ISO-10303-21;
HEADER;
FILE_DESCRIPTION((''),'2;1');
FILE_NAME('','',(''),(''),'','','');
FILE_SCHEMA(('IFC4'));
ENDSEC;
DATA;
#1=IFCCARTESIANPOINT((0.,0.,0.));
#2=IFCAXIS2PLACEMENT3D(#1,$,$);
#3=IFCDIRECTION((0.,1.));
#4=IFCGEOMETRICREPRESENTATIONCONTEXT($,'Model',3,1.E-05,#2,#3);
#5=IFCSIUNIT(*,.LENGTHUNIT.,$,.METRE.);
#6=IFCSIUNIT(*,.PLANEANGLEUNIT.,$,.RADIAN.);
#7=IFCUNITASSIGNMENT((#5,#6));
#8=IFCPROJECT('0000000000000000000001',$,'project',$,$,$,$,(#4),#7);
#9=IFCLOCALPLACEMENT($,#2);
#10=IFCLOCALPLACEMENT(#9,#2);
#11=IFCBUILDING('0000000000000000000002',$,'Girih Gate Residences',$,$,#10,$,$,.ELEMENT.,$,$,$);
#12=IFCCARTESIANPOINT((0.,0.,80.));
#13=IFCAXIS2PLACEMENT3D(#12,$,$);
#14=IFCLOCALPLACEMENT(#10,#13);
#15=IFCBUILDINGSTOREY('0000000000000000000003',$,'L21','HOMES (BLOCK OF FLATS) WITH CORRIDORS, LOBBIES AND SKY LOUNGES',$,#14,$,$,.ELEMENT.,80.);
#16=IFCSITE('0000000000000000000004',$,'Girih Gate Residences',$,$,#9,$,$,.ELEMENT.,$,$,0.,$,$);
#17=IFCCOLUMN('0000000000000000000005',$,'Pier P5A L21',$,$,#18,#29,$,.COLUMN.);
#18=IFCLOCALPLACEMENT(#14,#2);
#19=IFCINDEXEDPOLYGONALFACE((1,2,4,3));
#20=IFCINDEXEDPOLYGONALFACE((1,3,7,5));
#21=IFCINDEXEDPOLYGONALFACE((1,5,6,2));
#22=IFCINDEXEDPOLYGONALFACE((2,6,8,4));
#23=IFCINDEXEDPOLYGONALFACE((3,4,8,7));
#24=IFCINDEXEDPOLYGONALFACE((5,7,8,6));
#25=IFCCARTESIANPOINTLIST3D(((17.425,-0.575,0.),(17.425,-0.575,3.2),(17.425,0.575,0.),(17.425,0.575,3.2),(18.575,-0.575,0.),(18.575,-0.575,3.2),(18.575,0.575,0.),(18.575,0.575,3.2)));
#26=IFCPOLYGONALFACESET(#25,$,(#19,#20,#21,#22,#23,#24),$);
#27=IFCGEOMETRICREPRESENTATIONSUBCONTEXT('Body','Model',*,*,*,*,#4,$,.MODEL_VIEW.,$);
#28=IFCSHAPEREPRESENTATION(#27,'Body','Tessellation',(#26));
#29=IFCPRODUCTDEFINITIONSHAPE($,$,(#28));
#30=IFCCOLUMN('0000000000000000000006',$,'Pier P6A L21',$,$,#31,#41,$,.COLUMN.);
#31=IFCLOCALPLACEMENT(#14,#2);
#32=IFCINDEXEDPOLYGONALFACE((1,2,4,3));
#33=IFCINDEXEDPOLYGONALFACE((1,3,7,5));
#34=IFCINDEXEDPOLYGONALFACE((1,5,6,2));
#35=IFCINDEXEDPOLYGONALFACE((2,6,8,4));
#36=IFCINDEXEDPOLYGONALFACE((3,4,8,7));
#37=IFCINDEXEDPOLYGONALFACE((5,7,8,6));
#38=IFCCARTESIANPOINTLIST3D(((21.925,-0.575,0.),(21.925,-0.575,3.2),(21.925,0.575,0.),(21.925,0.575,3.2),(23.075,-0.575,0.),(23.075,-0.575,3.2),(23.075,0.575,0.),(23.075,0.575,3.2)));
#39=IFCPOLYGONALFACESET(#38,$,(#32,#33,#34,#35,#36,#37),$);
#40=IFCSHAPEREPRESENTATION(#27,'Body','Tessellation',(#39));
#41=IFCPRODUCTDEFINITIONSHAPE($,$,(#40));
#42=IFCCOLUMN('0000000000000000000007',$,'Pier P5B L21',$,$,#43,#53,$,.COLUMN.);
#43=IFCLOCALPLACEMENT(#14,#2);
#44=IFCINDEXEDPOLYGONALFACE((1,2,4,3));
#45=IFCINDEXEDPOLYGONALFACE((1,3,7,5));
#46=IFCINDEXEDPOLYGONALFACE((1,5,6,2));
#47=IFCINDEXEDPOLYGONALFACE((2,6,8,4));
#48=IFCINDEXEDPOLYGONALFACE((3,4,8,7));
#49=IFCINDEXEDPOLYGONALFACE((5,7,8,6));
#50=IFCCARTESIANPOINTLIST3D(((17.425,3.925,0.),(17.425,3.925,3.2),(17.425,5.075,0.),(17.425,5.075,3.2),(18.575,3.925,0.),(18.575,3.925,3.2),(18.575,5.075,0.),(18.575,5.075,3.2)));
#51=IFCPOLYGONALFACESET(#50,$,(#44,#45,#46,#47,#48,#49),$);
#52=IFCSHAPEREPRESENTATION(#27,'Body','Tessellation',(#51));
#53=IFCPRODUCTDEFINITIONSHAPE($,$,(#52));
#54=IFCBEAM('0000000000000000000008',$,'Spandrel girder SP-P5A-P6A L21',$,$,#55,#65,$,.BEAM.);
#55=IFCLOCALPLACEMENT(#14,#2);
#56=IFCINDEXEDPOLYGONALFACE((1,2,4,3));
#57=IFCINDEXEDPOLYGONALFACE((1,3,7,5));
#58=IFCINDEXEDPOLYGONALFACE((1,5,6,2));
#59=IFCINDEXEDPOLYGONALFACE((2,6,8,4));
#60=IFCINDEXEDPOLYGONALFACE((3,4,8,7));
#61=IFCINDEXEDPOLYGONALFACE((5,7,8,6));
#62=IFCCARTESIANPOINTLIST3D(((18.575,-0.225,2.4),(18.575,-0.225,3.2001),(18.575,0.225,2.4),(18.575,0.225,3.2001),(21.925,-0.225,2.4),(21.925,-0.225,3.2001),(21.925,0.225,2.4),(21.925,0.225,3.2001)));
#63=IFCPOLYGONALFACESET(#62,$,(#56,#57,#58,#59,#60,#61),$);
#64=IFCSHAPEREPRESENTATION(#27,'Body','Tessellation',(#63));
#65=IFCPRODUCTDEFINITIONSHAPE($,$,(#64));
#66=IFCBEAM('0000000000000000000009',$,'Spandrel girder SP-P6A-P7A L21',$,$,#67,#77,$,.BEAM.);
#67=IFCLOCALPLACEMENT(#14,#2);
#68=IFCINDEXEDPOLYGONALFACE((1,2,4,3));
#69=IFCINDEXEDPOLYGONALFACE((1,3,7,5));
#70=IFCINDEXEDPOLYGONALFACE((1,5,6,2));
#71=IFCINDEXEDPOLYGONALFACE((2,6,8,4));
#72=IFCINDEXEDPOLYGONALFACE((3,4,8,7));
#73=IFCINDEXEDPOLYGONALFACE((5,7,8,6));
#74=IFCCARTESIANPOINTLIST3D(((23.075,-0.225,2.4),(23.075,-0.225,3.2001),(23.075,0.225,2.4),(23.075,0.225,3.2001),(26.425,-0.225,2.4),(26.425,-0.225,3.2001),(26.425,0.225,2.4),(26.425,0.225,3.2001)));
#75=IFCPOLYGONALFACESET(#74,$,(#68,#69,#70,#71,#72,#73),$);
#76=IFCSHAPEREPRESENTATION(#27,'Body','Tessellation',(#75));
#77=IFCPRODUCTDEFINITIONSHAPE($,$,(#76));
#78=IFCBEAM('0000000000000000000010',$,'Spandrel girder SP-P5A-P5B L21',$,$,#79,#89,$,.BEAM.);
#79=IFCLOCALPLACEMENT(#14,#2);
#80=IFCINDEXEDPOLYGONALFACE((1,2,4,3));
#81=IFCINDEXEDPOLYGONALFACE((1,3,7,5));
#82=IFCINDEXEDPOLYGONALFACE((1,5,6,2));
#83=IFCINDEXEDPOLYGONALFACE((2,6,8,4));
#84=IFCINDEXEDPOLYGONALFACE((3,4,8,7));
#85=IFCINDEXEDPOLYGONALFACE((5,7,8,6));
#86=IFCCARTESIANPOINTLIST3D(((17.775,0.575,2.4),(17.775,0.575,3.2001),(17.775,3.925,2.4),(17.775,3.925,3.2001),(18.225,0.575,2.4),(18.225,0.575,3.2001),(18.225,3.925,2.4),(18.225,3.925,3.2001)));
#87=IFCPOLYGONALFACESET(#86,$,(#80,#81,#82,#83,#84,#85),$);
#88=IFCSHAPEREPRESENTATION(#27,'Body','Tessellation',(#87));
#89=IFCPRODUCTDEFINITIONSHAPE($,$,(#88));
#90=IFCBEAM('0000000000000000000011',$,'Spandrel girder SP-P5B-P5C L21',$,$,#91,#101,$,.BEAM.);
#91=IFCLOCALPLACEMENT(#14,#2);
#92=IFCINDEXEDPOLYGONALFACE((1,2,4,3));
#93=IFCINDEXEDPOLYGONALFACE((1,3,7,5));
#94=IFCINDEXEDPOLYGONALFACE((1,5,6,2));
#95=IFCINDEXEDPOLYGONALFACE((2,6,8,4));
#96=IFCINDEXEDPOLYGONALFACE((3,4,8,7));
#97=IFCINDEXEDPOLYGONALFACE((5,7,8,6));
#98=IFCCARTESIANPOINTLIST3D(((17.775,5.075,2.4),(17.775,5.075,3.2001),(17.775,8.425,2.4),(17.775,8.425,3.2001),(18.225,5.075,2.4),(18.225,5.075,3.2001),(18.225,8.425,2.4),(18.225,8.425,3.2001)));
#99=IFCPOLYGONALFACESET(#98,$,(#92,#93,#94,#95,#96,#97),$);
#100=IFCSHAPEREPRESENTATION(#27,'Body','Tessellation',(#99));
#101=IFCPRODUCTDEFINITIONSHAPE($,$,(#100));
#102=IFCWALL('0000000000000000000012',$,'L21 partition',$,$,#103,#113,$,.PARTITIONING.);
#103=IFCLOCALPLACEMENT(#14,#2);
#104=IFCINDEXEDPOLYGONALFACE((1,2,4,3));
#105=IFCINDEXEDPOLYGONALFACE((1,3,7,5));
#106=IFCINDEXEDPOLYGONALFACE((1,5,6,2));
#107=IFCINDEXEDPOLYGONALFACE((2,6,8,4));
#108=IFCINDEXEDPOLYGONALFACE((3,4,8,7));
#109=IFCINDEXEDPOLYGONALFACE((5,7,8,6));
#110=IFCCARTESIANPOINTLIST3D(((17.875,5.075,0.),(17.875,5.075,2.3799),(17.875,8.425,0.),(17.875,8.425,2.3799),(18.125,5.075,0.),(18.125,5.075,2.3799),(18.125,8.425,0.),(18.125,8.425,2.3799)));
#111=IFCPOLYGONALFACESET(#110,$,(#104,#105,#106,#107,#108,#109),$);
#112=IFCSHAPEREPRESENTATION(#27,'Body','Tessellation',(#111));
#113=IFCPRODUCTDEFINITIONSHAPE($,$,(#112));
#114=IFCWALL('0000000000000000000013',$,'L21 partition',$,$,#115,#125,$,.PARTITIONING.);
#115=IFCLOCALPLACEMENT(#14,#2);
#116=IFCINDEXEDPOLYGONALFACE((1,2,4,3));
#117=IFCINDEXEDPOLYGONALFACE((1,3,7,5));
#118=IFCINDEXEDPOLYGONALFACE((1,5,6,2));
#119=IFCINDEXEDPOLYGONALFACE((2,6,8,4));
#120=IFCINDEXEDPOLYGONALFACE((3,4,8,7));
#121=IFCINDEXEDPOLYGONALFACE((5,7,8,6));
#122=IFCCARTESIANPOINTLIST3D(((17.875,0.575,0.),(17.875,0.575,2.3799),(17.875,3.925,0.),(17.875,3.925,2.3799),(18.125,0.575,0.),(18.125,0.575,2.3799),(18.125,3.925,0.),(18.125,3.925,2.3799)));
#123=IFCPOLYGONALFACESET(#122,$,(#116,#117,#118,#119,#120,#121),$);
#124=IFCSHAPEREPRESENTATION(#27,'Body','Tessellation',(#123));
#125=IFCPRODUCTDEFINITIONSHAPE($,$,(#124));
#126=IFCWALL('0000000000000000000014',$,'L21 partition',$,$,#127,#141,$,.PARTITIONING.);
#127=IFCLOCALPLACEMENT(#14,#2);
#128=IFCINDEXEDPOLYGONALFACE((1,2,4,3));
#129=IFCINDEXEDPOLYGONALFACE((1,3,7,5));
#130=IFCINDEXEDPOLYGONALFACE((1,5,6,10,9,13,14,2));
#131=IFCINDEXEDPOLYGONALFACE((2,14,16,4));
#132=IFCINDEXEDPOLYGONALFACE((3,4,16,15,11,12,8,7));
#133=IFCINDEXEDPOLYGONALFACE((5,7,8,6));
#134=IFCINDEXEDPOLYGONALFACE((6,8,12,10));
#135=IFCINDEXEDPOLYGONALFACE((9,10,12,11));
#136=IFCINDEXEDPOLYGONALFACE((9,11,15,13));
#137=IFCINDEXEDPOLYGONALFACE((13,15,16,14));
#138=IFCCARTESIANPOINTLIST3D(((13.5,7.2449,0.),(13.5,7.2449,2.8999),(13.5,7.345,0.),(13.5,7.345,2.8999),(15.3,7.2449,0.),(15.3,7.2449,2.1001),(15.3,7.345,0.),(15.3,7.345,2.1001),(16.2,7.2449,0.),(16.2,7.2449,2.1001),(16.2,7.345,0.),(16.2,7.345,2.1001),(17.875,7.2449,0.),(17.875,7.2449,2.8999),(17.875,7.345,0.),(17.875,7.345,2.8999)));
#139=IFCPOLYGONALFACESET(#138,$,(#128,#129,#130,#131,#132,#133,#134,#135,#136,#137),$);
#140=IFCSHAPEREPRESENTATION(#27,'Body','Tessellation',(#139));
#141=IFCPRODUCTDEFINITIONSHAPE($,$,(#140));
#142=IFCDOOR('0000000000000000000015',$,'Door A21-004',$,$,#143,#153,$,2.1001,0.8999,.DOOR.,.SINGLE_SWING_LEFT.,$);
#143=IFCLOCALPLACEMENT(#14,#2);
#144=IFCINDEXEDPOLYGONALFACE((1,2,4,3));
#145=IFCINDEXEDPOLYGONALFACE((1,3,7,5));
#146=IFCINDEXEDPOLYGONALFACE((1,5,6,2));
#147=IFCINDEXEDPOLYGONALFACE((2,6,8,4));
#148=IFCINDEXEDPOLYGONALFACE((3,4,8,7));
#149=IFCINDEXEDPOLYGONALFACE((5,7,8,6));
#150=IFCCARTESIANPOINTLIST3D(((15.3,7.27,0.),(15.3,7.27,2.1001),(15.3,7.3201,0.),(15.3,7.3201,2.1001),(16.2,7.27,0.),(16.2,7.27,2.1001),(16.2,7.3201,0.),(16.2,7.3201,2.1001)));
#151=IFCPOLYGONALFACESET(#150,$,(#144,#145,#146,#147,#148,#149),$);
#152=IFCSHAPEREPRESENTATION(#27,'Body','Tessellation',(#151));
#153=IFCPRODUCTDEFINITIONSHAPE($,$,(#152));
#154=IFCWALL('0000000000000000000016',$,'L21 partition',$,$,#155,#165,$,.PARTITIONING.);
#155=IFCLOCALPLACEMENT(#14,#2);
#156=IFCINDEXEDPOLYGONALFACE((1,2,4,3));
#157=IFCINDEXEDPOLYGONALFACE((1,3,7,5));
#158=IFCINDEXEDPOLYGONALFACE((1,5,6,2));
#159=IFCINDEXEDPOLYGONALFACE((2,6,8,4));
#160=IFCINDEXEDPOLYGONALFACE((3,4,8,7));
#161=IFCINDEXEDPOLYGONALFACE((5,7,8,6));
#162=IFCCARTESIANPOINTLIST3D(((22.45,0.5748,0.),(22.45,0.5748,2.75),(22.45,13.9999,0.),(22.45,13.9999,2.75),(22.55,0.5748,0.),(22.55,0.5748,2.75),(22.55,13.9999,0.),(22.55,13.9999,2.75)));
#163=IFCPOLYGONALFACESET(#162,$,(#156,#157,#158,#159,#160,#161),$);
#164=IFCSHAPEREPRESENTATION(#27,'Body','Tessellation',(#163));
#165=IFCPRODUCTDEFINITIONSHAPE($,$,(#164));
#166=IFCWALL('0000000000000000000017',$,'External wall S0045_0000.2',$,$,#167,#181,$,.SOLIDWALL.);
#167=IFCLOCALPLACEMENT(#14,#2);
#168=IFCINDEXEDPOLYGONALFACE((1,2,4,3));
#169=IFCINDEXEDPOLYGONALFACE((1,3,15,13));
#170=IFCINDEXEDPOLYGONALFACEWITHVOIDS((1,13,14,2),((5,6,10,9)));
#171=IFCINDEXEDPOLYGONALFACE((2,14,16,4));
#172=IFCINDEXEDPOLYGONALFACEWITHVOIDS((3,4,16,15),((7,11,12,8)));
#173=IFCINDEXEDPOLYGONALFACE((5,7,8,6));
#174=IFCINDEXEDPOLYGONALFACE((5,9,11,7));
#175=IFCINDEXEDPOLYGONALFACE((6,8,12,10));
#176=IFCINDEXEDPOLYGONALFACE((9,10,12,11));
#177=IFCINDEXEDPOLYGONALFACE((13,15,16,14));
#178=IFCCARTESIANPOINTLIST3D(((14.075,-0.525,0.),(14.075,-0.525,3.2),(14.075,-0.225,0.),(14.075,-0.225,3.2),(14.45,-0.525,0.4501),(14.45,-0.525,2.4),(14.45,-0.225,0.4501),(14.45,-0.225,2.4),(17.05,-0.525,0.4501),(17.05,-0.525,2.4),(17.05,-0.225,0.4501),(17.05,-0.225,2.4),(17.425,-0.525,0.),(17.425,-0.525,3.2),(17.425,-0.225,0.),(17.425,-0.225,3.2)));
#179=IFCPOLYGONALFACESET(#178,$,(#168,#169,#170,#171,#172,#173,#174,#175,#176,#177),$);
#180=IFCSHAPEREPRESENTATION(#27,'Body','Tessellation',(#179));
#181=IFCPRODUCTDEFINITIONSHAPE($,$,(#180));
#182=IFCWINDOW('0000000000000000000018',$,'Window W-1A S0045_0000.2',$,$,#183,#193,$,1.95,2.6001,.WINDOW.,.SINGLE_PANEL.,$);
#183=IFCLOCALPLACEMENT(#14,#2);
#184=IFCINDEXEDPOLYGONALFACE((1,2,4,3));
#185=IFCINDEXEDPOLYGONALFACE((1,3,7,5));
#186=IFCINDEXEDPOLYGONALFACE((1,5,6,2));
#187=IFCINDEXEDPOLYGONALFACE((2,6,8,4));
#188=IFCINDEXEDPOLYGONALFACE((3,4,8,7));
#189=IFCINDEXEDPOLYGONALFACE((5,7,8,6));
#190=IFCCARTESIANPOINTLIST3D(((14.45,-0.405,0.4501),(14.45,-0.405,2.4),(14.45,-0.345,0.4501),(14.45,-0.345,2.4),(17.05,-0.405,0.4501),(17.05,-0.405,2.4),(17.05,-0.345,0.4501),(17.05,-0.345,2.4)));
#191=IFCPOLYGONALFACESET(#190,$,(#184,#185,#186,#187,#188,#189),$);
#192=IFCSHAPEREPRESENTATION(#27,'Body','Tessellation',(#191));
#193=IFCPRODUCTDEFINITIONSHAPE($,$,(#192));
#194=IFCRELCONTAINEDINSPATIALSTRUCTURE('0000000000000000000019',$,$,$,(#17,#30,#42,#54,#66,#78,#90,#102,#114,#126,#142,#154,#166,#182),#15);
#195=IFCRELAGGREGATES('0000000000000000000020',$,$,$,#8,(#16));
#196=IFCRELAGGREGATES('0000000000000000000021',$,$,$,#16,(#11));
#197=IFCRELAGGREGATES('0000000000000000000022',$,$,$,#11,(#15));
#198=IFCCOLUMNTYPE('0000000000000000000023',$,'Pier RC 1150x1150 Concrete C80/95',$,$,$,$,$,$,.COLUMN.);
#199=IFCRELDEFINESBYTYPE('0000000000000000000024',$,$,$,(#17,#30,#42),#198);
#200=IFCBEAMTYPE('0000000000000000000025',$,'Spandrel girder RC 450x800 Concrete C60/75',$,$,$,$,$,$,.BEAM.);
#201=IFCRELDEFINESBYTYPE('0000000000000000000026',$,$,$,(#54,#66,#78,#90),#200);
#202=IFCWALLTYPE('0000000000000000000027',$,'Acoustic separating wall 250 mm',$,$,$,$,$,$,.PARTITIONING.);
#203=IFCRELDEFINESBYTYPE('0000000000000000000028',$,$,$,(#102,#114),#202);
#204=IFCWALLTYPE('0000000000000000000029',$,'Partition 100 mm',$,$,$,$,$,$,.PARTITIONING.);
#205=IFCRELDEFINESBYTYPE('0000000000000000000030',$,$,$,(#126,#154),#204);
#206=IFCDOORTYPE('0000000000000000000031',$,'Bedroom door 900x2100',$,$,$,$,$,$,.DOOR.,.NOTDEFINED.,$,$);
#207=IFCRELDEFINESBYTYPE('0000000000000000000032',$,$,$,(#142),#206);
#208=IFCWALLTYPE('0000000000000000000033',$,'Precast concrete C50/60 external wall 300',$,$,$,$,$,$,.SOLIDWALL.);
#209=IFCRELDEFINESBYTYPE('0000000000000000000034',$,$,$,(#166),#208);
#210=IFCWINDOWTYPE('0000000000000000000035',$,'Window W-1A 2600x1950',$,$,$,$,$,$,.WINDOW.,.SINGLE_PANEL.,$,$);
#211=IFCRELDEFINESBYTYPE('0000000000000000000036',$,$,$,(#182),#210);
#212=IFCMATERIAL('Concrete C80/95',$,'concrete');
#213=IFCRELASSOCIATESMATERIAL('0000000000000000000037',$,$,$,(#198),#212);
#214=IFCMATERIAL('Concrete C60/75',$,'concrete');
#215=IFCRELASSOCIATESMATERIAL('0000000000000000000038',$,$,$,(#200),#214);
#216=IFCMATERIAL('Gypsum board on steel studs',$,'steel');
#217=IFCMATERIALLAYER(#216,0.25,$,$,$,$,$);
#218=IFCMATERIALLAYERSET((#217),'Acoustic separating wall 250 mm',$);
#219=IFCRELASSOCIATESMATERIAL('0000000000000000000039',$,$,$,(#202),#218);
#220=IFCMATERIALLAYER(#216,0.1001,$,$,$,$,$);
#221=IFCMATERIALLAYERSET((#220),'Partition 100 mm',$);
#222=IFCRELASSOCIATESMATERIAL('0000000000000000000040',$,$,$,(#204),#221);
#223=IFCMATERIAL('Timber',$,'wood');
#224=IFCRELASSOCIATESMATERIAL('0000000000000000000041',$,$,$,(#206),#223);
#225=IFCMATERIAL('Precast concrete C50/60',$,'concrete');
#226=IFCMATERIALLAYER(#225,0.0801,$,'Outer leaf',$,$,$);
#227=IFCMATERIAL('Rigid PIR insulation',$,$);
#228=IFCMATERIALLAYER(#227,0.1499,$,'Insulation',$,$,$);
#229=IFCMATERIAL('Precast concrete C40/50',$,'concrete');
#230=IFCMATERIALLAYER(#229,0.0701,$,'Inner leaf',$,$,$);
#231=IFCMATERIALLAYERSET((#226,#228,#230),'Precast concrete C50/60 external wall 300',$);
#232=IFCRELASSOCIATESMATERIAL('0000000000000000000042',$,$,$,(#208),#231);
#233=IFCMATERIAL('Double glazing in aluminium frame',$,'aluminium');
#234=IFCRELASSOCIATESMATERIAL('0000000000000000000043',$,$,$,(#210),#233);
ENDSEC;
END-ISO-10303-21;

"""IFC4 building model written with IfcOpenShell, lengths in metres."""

from ifc_helpers import new_model, si_unit, direction, frame, frame_2d, origin, origin_2d, place, context, subcontext, project, spatial, rectangle, extrude, material, layer, layer_set, material_profile, profile_set, type_object, element, fill, save


model = new_model("IFC4")

# Units and contexts
model_context = context("Model", 3, precision=1e-05, world=origin(), true_north=direction((0.0, 1.0)))
body_context = subcontext(model_context, "Body", "Model", "MODEL_VIEW")
ifc_project = project(units=[si_unit("LENGTHUNIT", "METRE"), si_unit("PLANEANGLEUNIT", "RADIAN")], contexts=[model_context])

# Site, building, storey
site_placement = place(None, origin())
site = spatial("IfcSite", under=ifc_project, at=site_placement, Name="Girih Gate Residences", CompositionType="ELEMENT", RefElevation=0.0)
building_placement = place(site_placement, origin())
building = spatial("IfcBuilding", under=site, at=building_placement, Name="Girih Gate Residences", CompositionType="ELEMENT")
storey_placement = place(building_placement, frame((0.0, 0.0, 80.0)))
storey = spatial("IfcBuildingStorey", under=building, at=storey_placement, Name="L21", Description="HOMES (BLOCK OF FLATS) WITH CORRIDORS, LOBBIES AND SKY LOUNGES", CompositionType="ELEMENT", Elevation=80.0)

# Columns
ifc_material_1 = material(Name="Concrete C80/95", Category="concrete")
ifc_material_profile_1 = material_profile(ifc_material_1, rectangle(XDim=1.1499, YDim=1.1499, at=origin_2d()))
ifc_profile_set_1 = profile_set([ifc_material_profile_1], Name="Concrete C80/95")
column_type = type_object("IfcColumnType", Name="Pier RC 1150x1150 Concrete C80/95", PredefinedType="COLUMN", material=ifc_profile_set_1)
for number, where, z_axis, x_axis, name in (
    (1, (18.0, 0.0, 0.0), (0.0, 0.0, 1.0), (1.0, 0.0, 0.0), "Pier P5A L21"),
    (2, (22.5, 0.0, 0.0), (0.0, 0.0, 1.0), (1.0, 0.0, 0.0), "Pier P6A L21"),
    (3, (18.0, 4.5, 0.0), (0.0, 0.0, 1.0), (1.0, 0.0, 0.0), "Pier P5B L21"),
):
    element("IfcColumn", number, at=place(storey_placement, frame(where, z_axis=z_axis, x_axis=x_axis)), inside=storey, type_object=column_type, Name=name, PredefinedType="COLUMN", context=body_context, shape_type="SweptSolid", body=[
        extrude(rectangle(XDim=1.1499, YDim=1.1499, at=origin_2d()), origin(), (0.0, 0.0, 1.0), 3.2),
    ])

# Beams
ifc_material_2 = material(Name="Concrete C60/75", Category="concrete")
ifc_material_profile_2 = material_profile(ifc_material_2, rectangle(XDim=0.45, YDim=0.8, at=origin_2d()))
ifc_profile_set_2 = profile_set([ifc_material_profile_2], Name="Concrete C60/75")
beam_type = type_object("IfcBeamType", Name="Spandrel girder RC 450x800 Concrete C60/75", PredefinedType="BEAM", material=ifc_profile_set_2)
for number, where, z_axis, x_axis, name in (
    (4, (18.575, 0.0, 2.8), (1.0, 0.0, 0.0), (0.0, 1.0, 0.0), "Spandrel girder SP-P5A-P6A L21"),
    (5, (23.075, 0.0, 2.8), (1.0, 0.0, 0.0), (0.0, 1.0, 0.0), "Spandrel girder SP-P6A-P7A L21"),
    (6, (18.0, 0.575, 2.8), (0.0, 1.0, 0.0), (-1.0, 0.0, 0.0), "Spandrel girder SP-P5A-P5B L21"),
    (7, (18.0, 5.075, 2.8), (0.0, 1.0, 0.0), (-1.0, 0.0, 0.0), "Spandrel girder SP-P5B-P5C L21"),
):
    element("IfcBeam", number, at=place(storey_placement, frame(where, z_axis=z_axis, x_axis=x_axis)), inside=storey, type_object=beam_type, Name=name, PredefinedType="BEAM", context=body_context, shape_type="SweptSolid", body=[
        extrude(rectangle(XDim=0.45, YDim=0.8, at=origin_2d()), origin(), (0.0, 0.0, 1.0), 3.3501),
    ])

# Walls
ifc_material_3 = material(Name="Gypsum board on steel studs", Category="steel")
ifc_layer_1 = layer(ifc_material_3, 0.25)
ifc_layer_set_1 = layer_set([ifc_layer_1], Name="Acoustic separating wall 250 mm")
wall_type_1 = type_object("IfcWallType", Name="Acoustic separating wall 250 mm", PredefinedType="PARTITIONING", material=ifc_layer_set_1)
for number, where, z_axis, x_axis, name in (
    (8, (18.0, 5.075, 0.0), (0.0, 0.0, 1.0), (0.0, 1.0, 0.0), "L21 partition"),
    (9, (18.0, 0.575, 0.0), (0.0, 0.0, 1.0), (0.0, 1.0, 0.0), "L21 partition"),
):
    element("IfcWall", number, at=place(storey_placement, frame(where, z_axis=z_axis, x_axis=x_axis)), inside=storey, type_object=wall_type_1, Name=name, PredefinedType="PARTITIONING", context=body_context, shape_type="SweptSolid", body=[
        extrude(rectangle(XDim=3.3501, YDim=0.25, at=frame_2d((1.675, 0.0))), origin(), (0.0, 0.0, 1.0), 2.3799),
    ])

# Wall, opening, door
ifc_layer_2 = layer(ifc_material_3, 0.1001)
ifc_layer_set_2 = layer_set([ifc_layer_2], Name="Partition 100 mm")
wall_type_2 = type_object("IfcWallType", Name="Partition 100 mm", PredefinedType="PARTITIONING", material=ifc_layer_set_2)
wall_1_placement = place(storey_placement, frame((17.875, 7.2949, 0.0), z_axis=(0.0, 0.0, 1.0), x_axis=(-1.0, 0.0, 0.0)))
wall_1 = element("IfcWall", 10, at=wall_1_placement, inside=storey, type_object=wall_type_2, Name="L21 partition", PredefinedType="PARTITIONING", context=body_context, shape_type="SweptSolid", body=[
    extrude(rectangle(XDim=4.375, YDim=0.1001, at=frame_2d((2.1875, 0.0))), origin(), (0.0, 0.0, 1.0), 2.8999),
])
opening_1_placement = place(wall_1_placement, frame((1.675, 0.0, 0.0)))
opening_1 = element("IfcOpeningElement", 11, at=opening_1_placement, cuts=wall_1, PredefinedType="OPENING", context=body_context, shape_type="SweptSolid", body=[
    extrude(rectangle(XDim=0.8999, YDim=2.1001, at=frame_2d((0.45, 1.05))), frame((0.0, 0.0601, 0.0), z_axis=(0.0, -1.0, 0.0), x_axis=(1.0, 0.0, 0.0)), (0.0, 0.0, 1.0), 0.1201),
])
ifc_material_4 = material(Name="Timber", Category="wood")
door_type = type_object("IfcDoorType", Name="Bedroom door 900x2100", OperationType="NOTDEFINED", PredefinedType="DOOR", material=ifc_material_4)
door_placement = place(opening_1_placement, origin())
door = element("IfcDoor", 12, at=door_placement, inside=storey, type_object=door_type, Name="Door A21-004", OperationType="SINGLE_SWING_LEFT", OverallHeight=2.1001, OverallWidth=0.8999, PredefinedType="DOOR", context=body_context, shape_type="SweptSolid", body=[
    extrude(rectangle(XDim=0.8999, YDim=2.1001, at=frame_2d((0.45, 1.05))), frame((0.0, 0.0249, 0.0), z_axis=(0.0, -1.0, 0.0), x_axis=(1.0, 0.0, 0.0)), (0.0, 0.0, 1.0), 0.05),
])
fill(opening_1, door)

# Wall
wall_2_placement = place(storey_placement, frame((22.5, 0.575, 0.0), z_axis=(0.0, 0.0, 1.0), x_axis=(0.0, 1.0, 0.0)))
element("IfcWall", 13, at=wall_2_placement, inside=storey, type_object=wall_type_2, Name="L21 partition", PredefinedType="PARTITIONING", context=body_context, shape_type="SweptSolid", body=[
    extrude(rectangle(XDim=13.425, YDim=0.1001, at=frame_2d((6.7124, 0.0))), origin(), (0.0, 0.0, 1.0), 2.75),
])

# Wall, opening, window
ifc_material_5 = material(Name="Precast concrete C50/60", Category="concrete")
ifc_layer_3 = layer(ifc_material_5, 0.0801, Name="Outer leaf")
ifc_material_6 = material(Name="Rigid PIR insulation")
ifc_layer_4 = layer(ifc_material_6, 0.1499, Name="Insulation")
ifc_material_7 = material(Name="Precast concrete C40/50", Category="concrete")
ifc_layer_5 = layer(ifc_material_7, 0.0701, Name="Inner leaf")
ifc_layer_set_3 = layer_set([ifc_layer_3, ifc_layer_4, ifc_layer_5], Name="Precast concrete C50/60 external wall 300")
wall_type_3 = type_object("IfcWallType", Name="Precast concrete C50/60 external wall 300", PredefinedType="SOLIDWALL", material=ifc_layer_set_3)
wall_3_placement = place(storey_placement, frame((17.425, -0.375, 0.0), z_axis=(0.0, 0.0, 1.0), x_axis=(-1.0, 0.0, 0.0)))
wall_3 = element("IfcWall", 14, at=wall_3_placement, inside=storey, type_object=wall_type_3, Name="External wall S0045_0000.2", PredefinedType="SOLIDWALL", context=body_context, shape_type="SweptSolid", body=[
    extrude(rectangle(XDim=3.3501, YDim=0.3, at=frame_2d((1.675, 0.0))), origin(), (0.0, 0.0, 1.0), 3.2),
])
opening_2_placement = place(wall_3_placement, frame((0.375, 0.0, 0.45)))
opening_2 = element("IfcOpeningElement", 15, at=opening_2_placement, cuts=wall_3, PredefinedType="OPENING", context=body_context, shape_type="SweptSolid", body=[
    extrude(rectangle(XDim=2.6001, YDim=1.95, at=frame_2d((1.3, 0.9751))), frame((0.0, 0.1599, 0.0), z_axis=(0.0, -1.0, 0.0), x_axis=(1.0, 0.0, 0.0)), (0.0, 0.0, 1.0), 0.3201),
])
ifc_material_8 = material(Name="Double glazing in aluminium frame", Category="aluminium")
window_type = type_object("IfcWindowType", Name="Window W-1A 2600x1950", PartitioningType="SINGLE_PANEL", PredefinedType="WINDOW", material=ifc_material_8)
window_1_placement = place(opening_2_placement, origin())
window_1 = element("IfcWindow", 16, at=window_1_placement, inside=storey, type_object=window_type, Name="Window W-1A S0045_0000.2", OverallHeight=1.95, OverallWidth=2.6001, PartitioningType="SINGLE_PANEL", PredefinedType="WINDOW", context=body_context, shape_type="SweptSolid", body=[
    extrude(rectangle(XDim=2.6001, YDim=1.95, at=frame_2d((1.3, 0.9751))), frame((0.0, 0.03, 0.0), z_axis=(0.0, -1.0, 0.0), x_axis=(1.0, 0.0, 0.0)), (0.0, 0.0, 1.0), 0.0601),
])
fill(opening_2, window_1)

save(model, "model.ifc")
